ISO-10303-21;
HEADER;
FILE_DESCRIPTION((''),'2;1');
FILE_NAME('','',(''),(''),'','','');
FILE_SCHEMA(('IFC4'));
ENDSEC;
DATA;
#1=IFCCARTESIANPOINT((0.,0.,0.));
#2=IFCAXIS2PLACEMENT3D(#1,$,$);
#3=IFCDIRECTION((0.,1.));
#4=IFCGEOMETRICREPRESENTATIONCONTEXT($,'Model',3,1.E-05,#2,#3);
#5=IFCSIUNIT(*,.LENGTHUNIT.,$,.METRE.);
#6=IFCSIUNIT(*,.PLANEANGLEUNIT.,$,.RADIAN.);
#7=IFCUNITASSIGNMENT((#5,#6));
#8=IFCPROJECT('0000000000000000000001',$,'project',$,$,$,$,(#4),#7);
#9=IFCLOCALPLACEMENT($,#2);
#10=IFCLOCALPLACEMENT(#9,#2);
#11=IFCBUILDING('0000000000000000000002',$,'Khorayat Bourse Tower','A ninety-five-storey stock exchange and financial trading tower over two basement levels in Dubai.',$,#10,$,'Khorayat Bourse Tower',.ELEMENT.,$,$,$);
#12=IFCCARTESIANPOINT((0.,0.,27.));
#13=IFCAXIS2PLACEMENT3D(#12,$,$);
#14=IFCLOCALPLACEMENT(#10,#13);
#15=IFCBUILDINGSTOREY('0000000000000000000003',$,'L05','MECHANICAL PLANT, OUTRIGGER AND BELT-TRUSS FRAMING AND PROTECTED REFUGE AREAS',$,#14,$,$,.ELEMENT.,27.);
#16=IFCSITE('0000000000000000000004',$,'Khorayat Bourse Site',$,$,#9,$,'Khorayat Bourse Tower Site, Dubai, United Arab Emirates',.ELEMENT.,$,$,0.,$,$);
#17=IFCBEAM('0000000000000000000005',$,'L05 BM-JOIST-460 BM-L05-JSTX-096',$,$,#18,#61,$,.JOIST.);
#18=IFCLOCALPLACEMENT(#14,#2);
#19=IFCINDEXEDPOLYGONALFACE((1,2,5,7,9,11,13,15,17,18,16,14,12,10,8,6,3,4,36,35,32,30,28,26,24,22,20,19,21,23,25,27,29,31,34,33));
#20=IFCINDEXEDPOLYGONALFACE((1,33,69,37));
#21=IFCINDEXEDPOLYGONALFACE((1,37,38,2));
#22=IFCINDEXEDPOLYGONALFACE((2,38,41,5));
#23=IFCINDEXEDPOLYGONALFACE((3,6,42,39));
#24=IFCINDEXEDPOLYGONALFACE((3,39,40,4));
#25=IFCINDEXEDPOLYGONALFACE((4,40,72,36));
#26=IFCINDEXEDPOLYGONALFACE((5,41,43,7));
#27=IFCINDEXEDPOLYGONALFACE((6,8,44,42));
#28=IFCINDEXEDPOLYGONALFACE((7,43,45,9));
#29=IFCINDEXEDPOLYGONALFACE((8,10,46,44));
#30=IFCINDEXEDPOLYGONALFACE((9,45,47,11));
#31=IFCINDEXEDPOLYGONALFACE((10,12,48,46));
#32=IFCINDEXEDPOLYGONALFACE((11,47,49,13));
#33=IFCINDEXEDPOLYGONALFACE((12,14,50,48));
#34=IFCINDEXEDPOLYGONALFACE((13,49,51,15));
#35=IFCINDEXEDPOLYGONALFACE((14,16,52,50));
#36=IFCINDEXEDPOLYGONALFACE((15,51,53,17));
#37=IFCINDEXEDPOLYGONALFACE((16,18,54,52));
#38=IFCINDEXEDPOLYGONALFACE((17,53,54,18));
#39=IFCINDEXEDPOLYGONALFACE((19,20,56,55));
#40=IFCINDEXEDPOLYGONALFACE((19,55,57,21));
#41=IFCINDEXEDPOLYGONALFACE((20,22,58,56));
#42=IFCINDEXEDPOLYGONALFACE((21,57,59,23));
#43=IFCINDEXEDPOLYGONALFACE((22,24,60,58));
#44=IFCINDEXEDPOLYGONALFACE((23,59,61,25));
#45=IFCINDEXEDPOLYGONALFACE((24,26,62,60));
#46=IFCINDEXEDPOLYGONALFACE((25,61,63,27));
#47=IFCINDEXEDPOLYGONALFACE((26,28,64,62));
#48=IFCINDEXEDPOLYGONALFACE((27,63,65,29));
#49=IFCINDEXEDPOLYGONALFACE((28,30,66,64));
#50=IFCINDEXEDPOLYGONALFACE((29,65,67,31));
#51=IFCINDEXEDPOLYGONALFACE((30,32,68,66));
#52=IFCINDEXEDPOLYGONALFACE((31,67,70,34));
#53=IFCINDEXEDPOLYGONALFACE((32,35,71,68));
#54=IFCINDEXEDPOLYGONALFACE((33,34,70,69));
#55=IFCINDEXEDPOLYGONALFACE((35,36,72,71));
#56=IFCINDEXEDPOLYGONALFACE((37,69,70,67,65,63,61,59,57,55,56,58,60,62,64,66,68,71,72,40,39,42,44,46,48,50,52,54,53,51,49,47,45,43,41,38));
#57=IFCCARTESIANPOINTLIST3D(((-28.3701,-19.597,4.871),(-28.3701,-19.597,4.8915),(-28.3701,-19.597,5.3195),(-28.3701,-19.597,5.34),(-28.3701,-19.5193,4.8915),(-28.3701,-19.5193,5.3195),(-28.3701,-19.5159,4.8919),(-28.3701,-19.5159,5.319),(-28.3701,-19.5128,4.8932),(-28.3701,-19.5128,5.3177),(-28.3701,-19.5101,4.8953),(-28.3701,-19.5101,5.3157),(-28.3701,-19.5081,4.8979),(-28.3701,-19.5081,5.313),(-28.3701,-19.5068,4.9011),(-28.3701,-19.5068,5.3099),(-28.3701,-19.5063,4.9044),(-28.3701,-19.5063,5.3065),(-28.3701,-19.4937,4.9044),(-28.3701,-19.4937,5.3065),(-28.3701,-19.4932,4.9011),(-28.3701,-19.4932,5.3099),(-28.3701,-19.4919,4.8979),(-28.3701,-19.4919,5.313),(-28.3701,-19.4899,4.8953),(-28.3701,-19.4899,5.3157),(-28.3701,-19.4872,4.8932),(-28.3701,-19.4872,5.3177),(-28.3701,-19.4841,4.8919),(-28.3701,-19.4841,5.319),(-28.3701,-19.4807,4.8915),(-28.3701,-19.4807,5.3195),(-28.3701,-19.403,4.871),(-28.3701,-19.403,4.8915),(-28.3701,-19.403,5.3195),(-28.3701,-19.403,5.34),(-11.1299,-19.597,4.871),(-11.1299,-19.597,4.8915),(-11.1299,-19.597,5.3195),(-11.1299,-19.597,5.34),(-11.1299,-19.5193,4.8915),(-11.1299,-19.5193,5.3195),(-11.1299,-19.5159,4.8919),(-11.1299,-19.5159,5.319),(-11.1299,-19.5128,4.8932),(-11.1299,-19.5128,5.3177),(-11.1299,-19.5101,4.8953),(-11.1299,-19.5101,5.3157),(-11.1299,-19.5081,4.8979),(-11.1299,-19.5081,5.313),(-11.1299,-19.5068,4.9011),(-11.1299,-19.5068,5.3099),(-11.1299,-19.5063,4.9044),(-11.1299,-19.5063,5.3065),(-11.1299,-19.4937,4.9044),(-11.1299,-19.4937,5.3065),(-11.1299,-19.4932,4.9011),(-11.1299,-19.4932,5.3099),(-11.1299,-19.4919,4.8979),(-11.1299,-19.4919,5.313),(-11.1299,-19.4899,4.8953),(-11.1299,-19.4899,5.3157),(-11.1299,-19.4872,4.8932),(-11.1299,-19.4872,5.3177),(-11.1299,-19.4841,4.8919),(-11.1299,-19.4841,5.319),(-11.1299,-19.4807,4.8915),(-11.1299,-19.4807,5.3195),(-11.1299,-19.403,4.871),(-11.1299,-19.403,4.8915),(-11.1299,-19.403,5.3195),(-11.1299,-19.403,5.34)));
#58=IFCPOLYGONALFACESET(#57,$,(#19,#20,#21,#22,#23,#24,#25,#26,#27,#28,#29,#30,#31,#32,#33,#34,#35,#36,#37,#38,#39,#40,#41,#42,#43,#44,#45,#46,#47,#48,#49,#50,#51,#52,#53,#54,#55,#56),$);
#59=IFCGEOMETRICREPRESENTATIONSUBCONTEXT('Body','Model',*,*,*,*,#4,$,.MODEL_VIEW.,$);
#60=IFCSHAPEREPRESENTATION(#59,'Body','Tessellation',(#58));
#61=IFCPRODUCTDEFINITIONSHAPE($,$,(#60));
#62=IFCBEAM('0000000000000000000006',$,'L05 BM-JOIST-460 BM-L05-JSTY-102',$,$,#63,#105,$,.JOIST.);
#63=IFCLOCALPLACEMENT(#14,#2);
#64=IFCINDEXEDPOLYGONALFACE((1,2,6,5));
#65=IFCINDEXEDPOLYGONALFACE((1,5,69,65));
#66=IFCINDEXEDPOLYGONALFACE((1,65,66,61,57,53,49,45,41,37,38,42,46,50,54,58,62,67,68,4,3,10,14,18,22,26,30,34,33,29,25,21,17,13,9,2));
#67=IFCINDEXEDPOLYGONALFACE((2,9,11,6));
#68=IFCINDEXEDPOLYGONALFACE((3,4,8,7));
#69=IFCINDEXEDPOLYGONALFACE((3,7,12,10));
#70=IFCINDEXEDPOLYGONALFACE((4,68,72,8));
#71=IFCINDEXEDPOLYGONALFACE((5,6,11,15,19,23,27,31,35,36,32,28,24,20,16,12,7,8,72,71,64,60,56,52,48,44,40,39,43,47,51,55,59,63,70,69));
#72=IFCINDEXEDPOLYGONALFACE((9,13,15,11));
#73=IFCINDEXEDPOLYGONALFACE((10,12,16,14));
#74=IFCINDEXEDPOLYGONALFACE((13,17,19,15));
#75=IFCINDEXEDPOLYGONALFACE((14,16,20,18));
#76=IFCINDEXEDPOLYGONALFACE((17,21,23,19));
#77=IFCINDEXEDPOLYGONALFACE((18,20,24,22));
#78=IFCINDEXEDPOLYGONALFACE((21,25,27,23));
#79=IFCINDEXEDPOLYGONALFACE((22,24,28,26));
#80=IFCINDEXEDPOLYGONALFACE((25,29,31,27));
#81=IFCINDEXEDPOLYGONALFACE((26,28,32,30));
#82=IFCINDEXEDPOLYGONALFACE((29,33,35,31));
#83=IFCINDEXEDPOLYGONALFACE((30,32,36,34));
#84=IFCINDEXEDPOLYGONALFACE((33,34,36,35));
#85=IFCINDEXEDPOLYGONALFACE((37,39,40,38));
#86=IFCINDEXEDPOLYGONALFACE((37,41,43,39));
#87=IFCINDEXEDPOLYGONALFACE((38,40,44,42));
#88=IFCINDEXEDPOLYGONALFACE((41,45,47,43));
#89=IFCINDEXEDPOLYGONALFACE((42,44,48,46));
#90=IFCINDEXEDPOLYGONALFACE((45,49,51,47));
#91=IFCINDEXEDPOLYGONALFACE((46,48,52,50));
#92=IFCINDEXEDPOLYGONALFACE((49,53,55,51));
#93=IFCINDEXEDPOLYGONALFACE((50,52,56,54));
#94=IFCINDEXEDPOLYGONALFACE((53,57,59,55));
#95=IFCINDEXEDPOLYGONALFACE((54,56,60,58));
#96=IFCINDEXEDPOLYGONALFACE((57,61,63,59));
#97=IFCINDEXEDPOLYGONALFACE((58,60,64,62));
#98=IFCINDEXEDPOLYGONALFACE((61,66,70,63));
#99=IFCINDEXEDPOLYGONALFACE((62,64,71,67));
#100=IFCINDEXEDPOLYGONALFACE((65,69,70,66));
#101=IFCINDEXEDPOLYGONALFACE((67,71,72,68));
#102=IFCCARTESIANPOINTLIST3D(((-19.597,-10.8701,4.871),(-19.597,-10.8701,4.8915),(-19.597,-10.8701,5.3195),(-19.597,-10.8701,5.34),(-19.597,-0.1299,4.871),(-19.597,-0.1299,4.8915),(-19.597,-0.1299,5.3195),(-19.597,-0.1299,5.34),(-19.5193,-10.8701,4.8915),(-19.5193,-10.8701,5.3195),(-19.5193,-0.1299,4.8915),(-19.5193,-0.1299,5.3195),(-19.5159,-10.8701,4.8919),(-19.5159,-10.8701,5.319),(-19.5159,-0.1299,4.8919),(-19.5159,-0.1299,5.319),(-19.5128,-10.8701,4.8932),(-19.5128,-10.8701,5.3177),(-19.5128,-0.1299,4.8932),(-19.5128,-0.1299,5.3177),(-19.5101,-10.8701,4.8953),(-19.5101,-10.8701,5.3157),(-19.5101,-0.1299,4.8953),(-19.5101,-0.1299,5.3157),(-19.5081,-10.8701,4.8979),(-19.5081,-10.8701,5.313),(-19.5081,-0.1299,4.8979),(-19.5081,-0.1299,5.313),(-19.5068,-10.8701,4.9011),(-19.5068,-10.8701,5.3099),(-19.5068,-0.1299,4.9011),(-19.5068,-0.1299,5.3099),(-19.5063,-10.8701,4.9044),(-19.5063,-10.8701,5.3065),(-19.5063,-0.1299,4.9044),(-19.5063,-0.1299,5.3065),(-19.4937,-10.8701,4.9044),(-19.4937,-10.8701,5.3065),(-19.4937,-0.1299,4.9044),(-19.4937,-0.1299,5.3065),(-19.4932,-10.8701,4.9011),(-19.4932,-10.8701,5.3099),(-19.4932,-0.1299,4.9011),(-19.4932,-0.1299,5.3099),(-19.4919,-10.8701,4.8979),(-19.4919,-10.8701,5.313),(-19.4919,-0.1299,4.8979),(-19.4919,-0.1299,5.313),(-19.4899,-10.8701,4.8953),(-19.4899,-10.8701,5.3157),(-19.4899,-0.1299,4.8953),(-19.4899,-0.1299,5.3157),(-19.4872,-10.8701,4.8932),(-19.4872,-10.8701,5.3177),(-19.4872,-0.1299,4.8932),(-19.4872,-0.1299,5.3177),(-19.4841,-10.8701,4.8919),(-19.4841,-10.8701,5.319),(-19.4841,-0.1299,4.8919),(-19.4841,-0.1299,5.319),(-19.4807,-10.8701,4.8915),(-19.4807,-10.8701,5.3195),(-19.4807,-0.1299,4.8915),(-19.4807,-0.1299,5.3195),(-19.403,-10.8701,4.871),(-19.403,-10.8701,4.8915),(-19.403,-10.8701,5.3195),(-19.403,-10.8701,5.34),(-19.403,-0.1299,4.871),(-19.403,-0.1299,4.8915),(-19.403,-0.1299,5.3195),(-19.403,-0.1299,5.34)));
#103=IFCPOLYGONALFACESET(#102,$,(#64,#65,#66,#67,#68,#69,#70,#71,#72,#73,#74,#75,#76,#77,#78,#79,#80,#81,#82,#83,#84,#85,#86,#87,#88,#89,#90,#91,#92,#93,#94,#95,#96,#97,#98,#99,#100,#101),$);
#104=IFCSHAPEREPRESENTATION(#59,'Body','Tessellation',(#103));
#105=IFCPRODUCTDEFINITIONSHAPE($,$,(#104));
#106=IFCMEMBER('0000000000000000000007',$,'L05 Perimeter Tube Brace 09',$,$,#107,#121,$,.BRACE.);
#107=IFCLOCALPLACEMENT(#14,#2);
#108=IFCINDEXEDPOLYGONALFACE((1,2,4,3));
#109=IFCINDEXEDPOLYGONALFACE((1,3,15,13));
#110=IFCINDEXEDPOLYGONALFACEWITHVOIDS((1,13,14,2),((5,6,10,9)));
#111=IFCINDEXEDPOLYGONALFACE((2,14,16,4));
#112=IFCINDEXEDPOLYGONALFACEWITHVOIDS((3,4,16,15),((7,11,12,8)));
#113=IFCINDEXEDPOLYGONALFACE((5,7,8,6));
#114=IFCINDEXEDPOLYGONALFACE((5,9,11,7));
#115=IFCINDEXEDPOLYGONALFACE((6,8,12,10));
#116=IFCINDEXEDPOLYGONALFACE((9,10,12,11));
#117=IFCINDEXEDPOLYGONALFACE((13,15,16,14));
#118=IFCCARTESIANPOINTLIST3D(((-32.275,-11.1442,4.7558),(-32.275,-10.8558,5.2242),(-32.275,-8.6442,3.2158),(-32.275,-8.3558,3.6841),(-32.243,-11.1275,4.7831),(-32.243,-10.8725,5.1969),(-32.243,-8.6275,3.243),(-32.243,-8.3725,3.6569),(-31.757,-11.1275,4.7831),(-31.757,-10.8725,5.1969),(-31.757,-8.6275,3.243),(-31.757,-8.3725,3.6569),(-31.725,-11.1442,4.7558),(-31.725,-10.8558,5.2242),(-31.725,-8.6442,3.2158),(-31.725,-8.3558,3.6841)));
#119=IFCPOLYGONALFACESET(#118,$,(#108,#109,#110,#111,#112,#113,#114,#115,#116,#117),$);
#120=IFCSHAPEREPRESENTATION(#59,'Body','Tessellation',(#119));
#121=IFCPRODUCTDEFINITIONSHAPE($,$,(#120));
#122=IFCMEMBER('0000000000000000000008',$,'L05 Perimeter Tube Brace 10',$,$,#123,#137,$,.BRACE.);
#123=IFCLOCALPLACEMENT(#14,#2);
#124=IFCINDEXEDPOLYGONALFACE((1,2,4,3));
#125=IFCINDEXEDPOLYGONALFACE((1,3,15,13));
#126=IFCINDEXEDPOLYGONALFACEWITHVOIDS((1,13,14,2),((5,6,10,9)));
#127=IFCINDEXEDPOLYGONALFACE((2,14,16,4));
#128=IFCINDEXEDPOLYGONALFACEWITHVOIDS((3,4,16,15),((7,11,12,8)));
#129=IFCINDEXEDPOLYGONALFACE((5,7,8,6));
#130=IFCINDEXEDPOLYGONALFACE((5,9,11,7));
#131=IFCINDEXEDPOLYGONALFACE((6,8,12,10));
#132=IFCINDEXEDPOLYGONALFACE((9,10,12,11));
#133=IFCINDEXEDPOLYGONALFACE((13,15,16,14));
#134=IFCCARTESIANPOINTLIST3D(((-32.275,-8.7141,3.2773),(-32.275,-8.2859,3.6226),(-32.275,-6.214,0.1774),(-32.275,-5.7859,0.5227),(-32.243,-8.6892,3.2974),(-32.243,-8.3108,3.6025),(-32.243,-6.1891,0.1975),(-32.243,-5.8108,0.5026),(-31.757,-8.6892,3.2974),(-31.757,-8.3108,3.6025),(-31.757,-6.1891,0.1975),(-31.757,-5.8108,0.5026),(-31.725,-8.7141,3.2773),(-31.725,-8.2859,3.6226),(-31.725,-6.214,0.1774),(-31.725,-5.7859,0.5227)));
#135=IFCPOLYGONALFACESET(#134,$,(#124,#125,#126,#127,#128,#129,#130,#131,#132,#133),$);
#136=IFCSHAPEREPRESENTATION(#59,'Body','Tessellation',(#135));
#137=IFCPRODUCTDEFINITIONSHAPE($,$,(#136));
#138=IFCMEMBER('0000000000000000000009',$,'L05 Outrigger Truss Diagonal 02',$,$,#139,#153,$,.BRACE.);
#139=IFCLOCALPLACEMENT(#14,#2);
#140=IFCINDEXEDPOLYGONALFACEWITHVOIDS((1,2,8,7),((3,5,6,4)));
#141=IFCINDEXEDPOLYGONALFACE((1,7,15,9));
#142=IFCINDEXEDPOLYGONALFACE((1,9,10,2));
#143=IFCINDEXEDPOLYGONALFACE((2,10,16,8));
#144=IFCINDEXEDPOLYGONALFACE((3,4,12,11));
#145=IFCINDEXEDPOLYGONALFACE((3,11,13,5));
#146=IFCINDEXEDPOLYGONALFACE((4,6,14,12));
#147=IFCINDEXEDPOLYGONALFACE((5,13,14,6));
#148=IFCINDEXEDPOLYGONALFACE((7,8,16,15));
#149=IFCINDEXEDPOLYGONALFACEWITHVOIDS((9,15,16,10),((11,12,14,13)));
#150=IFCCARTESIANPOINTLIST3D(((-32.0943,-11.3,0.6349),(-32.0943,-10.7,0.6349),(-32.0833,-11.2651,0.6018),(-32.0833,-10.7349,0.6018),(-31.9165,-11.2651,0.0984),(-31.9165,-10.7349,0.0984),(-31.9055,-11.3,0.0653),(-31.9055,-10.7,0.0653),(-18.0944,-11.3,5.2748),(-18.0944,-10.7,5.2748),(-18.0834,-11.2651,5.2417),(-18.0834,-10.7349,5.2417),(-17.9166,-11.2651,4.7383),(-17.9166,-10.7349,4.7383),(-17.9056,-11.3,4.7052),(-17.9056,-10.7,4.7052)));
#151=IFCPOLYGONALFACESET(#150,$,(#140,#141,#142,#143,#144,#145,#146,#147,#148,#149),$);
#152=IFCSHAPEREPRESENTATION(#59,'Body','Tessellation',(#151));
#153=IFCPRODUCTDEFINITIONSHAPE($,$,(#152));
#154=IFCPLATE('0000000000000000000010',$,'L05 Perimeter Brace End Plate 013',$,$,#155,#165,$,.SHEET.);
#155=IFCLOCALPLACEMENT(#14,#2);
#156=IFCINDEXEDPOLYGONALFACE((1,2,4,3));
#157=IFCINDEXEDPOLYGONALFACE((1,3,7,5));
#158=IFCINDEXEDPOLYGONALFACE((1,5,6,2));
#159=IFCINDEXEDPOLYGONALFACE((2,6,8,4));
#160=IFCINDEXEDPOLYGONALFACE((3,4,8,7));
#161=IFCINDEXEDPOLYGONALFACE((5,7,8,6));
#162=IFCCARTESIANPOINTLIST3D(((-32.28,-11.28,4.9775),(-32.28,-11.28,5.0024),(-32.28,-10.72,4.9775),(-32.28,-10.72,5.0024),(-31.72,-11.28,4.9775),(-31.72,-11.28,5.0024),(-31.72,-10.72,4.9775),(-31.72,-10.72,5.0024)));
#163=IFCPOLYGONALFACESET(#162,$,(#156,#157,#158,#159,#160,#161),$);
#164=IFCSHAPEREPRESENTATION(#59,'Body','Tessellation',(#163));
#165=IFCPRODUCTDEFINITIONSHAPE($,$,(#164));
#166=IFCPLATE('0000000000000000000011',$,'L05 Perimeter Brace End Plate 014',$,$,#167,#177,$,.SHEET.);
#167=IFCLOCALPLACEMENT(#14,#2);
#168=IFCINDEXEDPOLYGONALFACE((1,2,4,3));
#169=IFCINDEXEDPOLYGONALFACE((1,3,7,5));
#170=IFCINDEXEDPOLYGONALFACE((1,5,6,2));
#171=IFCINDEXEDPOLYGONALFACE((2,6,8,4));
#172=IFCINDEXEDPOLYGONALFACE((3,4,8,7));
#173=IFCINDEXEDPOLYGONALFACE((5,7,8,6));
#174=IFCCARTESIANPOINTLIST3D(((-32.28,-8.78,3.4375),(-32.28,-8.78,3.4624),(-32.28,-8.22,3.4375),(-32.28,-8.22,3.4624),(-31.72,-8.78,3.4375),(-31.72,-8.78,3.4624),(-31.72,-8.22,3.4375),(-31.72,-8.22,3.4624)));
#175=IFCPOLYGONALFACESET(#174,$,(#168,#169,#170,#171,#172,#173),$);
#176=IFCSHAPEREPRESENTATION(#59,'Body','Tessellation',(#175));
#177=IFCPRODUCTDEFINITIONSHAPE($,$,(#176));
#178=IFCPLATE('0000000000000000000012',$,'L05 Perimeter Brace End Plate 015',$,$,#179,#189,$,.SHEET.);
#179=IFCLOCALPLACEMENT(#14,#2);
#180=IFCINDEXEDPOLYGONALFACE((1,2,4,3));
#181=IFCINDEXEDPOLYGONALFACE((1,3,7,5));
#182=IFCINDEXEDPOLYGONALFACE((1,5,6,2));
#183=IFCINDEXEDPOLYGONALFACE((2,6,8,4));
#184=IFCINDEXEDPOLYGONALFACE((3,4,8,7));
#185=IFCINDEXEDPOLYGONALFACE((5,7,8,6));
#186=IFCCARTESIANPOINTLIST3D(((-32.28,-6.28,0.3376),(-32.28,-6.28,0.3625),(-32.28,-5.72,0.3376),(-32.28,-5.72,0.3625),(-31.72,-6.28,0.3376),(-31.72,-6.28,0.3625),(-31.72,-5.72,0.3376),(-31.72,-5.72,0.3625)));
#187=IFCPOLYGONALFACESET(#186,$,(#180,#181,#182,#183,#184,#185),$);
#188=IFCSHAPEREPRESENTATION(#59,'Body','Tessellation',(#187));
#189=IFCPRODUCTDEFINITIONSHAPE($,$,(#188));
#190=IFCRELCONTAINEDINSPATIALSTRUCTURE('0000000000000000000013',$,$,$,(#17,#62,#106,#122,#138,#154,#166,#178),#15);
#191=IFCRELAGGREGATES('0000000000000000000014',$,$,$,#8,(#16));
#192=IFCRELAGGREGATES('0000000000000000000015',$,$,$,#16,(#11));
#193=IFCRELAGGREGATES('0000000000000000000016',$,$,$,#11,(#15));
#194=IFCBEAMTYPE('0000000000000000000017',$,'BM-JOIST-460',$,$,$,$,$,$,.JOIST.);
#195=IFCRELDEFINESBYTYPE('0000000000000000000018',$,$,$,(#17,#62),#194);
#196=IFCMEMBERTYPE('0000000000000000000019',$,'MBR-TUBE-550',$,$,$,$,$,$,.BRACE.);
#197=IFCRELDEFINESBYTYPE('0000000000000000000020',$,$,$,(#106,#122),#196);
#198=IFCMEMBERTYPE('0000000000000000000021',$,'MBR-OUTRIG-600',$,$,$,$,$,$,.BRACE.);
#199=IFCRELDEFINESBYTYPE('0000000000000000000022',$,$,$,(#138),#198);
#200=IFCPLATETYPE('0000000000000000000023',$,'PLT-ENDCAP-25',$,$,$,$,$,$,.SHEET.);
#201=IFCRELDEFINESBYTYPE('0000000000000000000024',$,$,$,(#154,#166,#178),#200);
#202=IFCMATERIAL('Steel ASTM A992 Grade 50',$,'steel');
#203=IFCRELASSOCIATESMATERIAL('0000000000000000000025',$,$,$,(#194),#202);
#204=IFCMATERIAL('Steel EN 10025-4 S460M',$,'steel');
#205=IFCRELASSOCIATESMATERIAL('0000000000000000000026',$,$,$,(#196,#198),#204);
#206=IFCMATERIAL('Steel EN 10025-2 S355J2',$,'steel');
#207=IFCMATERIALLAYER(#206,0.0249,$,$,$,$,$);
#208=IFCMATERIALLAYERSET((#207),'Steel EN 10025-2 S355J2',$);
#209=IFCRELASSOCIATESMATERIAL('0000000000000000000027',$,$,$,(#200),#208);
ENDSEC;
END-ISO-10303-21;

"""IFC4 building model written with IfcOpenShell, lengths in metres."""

from ifc_helpers import new_model, si_unit, direction, frame, origin, origin_2d, place, context, subcontext, project, spatial, rectangle, hollow_rectangle, i_section, extrude, source, transform, mapped, material, layer, layer_set, material_profile, profile_set, type_object, element, save


model = new_model("IFC4")

# Units and contexts
model_context = context("Model", 3, precision=1e-05, world=origin(), true_north=direction((0.0, 1.0)))
body_context = subcontext(model_context, "Body", "Model", "MODEL_VIEW")
ifc_project = project(units=[si_unit("LENGTHUNIT", "METRE"), si_unit("PLANEANGLEUNIT", "RADIAN")], contexts=[model_context])

# Site, building, storey
site_placement = place(None, origin())
site = spatial("IfcSite", under=ifc_project, at=site_placement, Name="Khorayat Bourse Site", LongName="Khorayat Bourse Tower Site, Dubai, United Arab Emirates", CompositionType="ELEMENT", RefElevation=0.0)
building_placement = place(site_placement, origin())
building = spatial("IfcBuilding", under=site, at=building_placement, Name="Khorayat Bourse Tower", Description="A ninety-five-storey stock exchange and financial trading tower over two basement levels in Dubai.", LongName="Khorayat Bourse Tower", CompositionType="ELEMENT")
storey_placement = place(building_placement, frame((0.0, 0.0, 27.0)))
storey = spatial("IfcBuildingStorey", under=building, at=storey_placement, Name="L05", Description="MECHANICAL PLANT, OUTRIGGER AND BELT-TRUSS FRAMING AND PROTECTED REFUGE AREAS", CompositionType="ELEMENT", Elevation=27.0)

# Shared definitions
ifc_material_1 = material(Name="Steel EN 10025-4 S460M", Category="steel")

# Beams
ifc_material_2 = material(Name="Steel ASTM A992 Grade 50", Category="steel")
ifc_material_profile_1 = material_profile(ifc_material_2, i_section(OverallWidth=0.1941, OverallDepth=0.469, WebThickness=0.0127, FlangeThickness=0.0205, FilletRadius=0.0129, at=origin_2d()), Name="W460X106")
ifc_profile_set_1 = profile_set([ifc_material_profile_1], Name="Steel ASTM A992 Grade 50")
beam_type_1 = type_object("IfcBeamType", Name="BM-JOIST-460", PredefinedType="JOIST", material=ifc_profile_set_1)
shared_shape_1 = source(origin(), body_context, "Body", "SweptSolid", [
    extrude(i_section(OverallWidth=0.1941, OverallDepth=0.469, WebThickness=0.0127, FlangeThickness=0.0205, FilletRadius=0.0129, at=origin_2d()), origin(), (0.0, 0.0, 1.0), 17.2402),
])
beam_1_placement = place(storey_placement, frame((-28.3701, -19.5, 5.1055), z_axis=(1.0, 0.0, 0.0), x_axis=(0.0, 1.0, 0.0)))
element("IfcBeam", 1, at=beam_1_placement, inside=storey, type_object=beam_type_1, Name="L05 BM-JOIST-460 BM-L05-JSTX-096", PredefinedType="JOIST", context=body_context, shape_type="MappedRepresentation", body=[
    mapped(shared_shape_1, transform((0.0, 0.0, 0.0), scale=1.0)),
])
shared_shape_2 = source(origin(), body_context, "Body", "SweptSolid", [
    extrude(i_section(OverallWidth=0.1941, OverallDepth=0.469, WebThickness=0.0127, FlangeThickness=0.0205, FilletRadius=0.0129, at=origin_2d()), origin(), (0.0, 0.0, 1.0), 10.7402),
])
beam_2_placement = place(storey_placement, frame((-19.5, -10.8701, 5.1055), z_axis=(0.0, 1.0, 0.0), x_axis=(-1.0, 0.0, 0.0)))
element("IfcBeam", 2, at=beam_2_placement, inside=storey, type_object=beam_type_1, Name="L05 BM-JOIST-460 BM-L05-JSTY-102", PredefinedType="JOIST", context=body_context, shape_type="MappedRepresentation", body=[
    mapped(shared_shape_2, transform((0.0, 0.0, 0.0), scale=1.0)),
])

# Members
ifc_material_profile_2 = material_profile(ifc_material_1, hollow_rectangle(XDim=0.55, YDim=0.55, WallThickness=0.032, at=origin_2d()), Name="HSS 550x550x32")
ifc_profile_set_2 = profile_set([ifc_material_profile_2], Name="Steel EN 10025-4 S460M")
member_type_1 = type_object("IfcMemberType", Name="MBR-TUBE-550", PredefinedType="BRACE", material=ifc_profile_set_2)
shared_shape_3 = source(origin(), body_context, "Body", "SweptSolid", [
    extrude(hollow_rectangle(XDim=0.55, YDim=0.55, WallThickness=0.032, at=origin_2d()), origin(), (0.0, 0.0, 1.0), 2.9363),
])
member_1_placement = place(storey_placement, frame((-32.0, -11.0, 4.99), z_axis=(0.0, 0.851418, -0.524487), x_axis=(-1.0, 0.0, 0.0)))
element("IfcMember", 3, at=member_1_placement, inside=storey, type_object=member_type_1, Name="L05 Perimeter Tube Brace 09", PredefinedType="BRACE", context=body_context, shape_type="MappedRepresentation", body=[
    mapped(shared_shape_3, transform((0.0, 0.0, 0.0), scale=1.0)),
])
shared_shape_4 = source(origin(), body_context, "Body", "SweptSolid", [
    extrude(hollow_rectangle(XDim=0.55, YDim=0.55, WallThickness=0.032, at=origin_2d()), origin(), (0.0, 0.0, 1.0), 3.9824),
])
member_2_placement = place(storey_placement, frame((-32.0, -8.5, 3.45), z_axis=(0.0, 0.62777, -0.778399), x_axis=(-1.0, 0.0, 0.0)))
element("IfcMember", 4, at=member_2_placement, inside=storey, type_object=member_type_1, Name="L05 Perimeter Tube Brace 10", PredefinedType="BRACE", context=body_context, shape_type="MappedRepresentation", body=[
    mapped(shared_shape_4, transform((0.0, 0.0, 0.0), scale=1.0)),
])
ifc_material_profile_3 = material_profile(ifc_material_1, hollow_rectangle(XDim=0.6001, YDim=0.6001, WallThickness=0.0349, at=origin_2d()), Name="BOX 600x600x35")
ifc_profile_set_3 = profile_set([ifc_material_profile_3], Name="Steel EN 10025-4 S460M")
member_type_2 = type_object("IfcMemberType", Name="MBR-OUTRIG-600", PredefinedType="BRACE", material=ifc_profile_set_3)
shared_shape_5 = source(origin(), body_context, "Body", "SweptSolid", [
    extrude(hollow_rectangle(XDim=0.6001, YDim=0.6001, WallThickness=0.0349, at=origin_2d()), origin(), (0.0, 0.0, 1.0), 14.7488),
])
member_3_placement = place(storey_placement, frame((-18.0, -11.0, 4.99), z_axis=(-0.949226, 0.0, -0.314593), x_axis=(0.0, -1.0, 0.0)))
element("IfcMember", 5, at=member_3_placement, inside=storey, type_object=member_type_2, Name="L05 Outrigger Truss Diagonal 02", PredefinedType="BRACE", context=body_context, shape_type="MappedRepresentation", body=[
    mapped(shared_shape_5, transform((0.0, 0.0, 0.0), scale=1.0)),
])

# Plates
ifc_material_3 = material(Name="Steel EN 10025-2 S355J2", Category="steel")
ifc_layer_1 = layer(ifc_material_3, 0.0249)
ifc_layer_set_1 = layer_set([ifc_layer_1], Name="Steel EN 10025-2 S355J2")
plate_type_1 = type_object("IfcPlateType", Name="PLT-ENDCAP-25", PredefinedType="SHEET", material=ifc_layer_set_1)
shared_shape_6 = source(origin(), body_context, "Body", "SweptSolid", [
    extrude(rectangle(XDim=0.5601, YDim=0.5601, at=origin_2d()), origin(), (0.0, 0.0, 1.0), 0.0249),
])
for number, where, z_axis, x_axis, name in (
    (6, (-32.0, -11.0, 4.9775), (0.0, 0.0, 1.0), (1.0, 0.0, 0.0), "L05 Perimeter Brace End Plate 013"),
    (7, (-32.0, -8.5, 3.4375), (0.0, 0.0, 1.0), (1.0, 0.0, 0.0), "L05 Perimeter Brace End Plate 014"),
    (8, (-32.0, -6.0, 0.3376), (0.0, 0.0, 1.0), (1.0, 0.0, 0.0), "L05 Perimeter Brace End Plate 015"),
):
    element("IfcPlate", number, at=place(storey_placement, frame(where, z_axis=z_axis, x_axis=x_axis)), inside=storey, type_object=plate_type_1, Name=name, PredefinedType="SHEET", context=body_context, shape_type="MappedRepresentation", body=[
        mapped(shared_shape_6, transform((0.0, 0.0, 0.0), scale=1.0)),
    ])

save(model, "model.ifc")
